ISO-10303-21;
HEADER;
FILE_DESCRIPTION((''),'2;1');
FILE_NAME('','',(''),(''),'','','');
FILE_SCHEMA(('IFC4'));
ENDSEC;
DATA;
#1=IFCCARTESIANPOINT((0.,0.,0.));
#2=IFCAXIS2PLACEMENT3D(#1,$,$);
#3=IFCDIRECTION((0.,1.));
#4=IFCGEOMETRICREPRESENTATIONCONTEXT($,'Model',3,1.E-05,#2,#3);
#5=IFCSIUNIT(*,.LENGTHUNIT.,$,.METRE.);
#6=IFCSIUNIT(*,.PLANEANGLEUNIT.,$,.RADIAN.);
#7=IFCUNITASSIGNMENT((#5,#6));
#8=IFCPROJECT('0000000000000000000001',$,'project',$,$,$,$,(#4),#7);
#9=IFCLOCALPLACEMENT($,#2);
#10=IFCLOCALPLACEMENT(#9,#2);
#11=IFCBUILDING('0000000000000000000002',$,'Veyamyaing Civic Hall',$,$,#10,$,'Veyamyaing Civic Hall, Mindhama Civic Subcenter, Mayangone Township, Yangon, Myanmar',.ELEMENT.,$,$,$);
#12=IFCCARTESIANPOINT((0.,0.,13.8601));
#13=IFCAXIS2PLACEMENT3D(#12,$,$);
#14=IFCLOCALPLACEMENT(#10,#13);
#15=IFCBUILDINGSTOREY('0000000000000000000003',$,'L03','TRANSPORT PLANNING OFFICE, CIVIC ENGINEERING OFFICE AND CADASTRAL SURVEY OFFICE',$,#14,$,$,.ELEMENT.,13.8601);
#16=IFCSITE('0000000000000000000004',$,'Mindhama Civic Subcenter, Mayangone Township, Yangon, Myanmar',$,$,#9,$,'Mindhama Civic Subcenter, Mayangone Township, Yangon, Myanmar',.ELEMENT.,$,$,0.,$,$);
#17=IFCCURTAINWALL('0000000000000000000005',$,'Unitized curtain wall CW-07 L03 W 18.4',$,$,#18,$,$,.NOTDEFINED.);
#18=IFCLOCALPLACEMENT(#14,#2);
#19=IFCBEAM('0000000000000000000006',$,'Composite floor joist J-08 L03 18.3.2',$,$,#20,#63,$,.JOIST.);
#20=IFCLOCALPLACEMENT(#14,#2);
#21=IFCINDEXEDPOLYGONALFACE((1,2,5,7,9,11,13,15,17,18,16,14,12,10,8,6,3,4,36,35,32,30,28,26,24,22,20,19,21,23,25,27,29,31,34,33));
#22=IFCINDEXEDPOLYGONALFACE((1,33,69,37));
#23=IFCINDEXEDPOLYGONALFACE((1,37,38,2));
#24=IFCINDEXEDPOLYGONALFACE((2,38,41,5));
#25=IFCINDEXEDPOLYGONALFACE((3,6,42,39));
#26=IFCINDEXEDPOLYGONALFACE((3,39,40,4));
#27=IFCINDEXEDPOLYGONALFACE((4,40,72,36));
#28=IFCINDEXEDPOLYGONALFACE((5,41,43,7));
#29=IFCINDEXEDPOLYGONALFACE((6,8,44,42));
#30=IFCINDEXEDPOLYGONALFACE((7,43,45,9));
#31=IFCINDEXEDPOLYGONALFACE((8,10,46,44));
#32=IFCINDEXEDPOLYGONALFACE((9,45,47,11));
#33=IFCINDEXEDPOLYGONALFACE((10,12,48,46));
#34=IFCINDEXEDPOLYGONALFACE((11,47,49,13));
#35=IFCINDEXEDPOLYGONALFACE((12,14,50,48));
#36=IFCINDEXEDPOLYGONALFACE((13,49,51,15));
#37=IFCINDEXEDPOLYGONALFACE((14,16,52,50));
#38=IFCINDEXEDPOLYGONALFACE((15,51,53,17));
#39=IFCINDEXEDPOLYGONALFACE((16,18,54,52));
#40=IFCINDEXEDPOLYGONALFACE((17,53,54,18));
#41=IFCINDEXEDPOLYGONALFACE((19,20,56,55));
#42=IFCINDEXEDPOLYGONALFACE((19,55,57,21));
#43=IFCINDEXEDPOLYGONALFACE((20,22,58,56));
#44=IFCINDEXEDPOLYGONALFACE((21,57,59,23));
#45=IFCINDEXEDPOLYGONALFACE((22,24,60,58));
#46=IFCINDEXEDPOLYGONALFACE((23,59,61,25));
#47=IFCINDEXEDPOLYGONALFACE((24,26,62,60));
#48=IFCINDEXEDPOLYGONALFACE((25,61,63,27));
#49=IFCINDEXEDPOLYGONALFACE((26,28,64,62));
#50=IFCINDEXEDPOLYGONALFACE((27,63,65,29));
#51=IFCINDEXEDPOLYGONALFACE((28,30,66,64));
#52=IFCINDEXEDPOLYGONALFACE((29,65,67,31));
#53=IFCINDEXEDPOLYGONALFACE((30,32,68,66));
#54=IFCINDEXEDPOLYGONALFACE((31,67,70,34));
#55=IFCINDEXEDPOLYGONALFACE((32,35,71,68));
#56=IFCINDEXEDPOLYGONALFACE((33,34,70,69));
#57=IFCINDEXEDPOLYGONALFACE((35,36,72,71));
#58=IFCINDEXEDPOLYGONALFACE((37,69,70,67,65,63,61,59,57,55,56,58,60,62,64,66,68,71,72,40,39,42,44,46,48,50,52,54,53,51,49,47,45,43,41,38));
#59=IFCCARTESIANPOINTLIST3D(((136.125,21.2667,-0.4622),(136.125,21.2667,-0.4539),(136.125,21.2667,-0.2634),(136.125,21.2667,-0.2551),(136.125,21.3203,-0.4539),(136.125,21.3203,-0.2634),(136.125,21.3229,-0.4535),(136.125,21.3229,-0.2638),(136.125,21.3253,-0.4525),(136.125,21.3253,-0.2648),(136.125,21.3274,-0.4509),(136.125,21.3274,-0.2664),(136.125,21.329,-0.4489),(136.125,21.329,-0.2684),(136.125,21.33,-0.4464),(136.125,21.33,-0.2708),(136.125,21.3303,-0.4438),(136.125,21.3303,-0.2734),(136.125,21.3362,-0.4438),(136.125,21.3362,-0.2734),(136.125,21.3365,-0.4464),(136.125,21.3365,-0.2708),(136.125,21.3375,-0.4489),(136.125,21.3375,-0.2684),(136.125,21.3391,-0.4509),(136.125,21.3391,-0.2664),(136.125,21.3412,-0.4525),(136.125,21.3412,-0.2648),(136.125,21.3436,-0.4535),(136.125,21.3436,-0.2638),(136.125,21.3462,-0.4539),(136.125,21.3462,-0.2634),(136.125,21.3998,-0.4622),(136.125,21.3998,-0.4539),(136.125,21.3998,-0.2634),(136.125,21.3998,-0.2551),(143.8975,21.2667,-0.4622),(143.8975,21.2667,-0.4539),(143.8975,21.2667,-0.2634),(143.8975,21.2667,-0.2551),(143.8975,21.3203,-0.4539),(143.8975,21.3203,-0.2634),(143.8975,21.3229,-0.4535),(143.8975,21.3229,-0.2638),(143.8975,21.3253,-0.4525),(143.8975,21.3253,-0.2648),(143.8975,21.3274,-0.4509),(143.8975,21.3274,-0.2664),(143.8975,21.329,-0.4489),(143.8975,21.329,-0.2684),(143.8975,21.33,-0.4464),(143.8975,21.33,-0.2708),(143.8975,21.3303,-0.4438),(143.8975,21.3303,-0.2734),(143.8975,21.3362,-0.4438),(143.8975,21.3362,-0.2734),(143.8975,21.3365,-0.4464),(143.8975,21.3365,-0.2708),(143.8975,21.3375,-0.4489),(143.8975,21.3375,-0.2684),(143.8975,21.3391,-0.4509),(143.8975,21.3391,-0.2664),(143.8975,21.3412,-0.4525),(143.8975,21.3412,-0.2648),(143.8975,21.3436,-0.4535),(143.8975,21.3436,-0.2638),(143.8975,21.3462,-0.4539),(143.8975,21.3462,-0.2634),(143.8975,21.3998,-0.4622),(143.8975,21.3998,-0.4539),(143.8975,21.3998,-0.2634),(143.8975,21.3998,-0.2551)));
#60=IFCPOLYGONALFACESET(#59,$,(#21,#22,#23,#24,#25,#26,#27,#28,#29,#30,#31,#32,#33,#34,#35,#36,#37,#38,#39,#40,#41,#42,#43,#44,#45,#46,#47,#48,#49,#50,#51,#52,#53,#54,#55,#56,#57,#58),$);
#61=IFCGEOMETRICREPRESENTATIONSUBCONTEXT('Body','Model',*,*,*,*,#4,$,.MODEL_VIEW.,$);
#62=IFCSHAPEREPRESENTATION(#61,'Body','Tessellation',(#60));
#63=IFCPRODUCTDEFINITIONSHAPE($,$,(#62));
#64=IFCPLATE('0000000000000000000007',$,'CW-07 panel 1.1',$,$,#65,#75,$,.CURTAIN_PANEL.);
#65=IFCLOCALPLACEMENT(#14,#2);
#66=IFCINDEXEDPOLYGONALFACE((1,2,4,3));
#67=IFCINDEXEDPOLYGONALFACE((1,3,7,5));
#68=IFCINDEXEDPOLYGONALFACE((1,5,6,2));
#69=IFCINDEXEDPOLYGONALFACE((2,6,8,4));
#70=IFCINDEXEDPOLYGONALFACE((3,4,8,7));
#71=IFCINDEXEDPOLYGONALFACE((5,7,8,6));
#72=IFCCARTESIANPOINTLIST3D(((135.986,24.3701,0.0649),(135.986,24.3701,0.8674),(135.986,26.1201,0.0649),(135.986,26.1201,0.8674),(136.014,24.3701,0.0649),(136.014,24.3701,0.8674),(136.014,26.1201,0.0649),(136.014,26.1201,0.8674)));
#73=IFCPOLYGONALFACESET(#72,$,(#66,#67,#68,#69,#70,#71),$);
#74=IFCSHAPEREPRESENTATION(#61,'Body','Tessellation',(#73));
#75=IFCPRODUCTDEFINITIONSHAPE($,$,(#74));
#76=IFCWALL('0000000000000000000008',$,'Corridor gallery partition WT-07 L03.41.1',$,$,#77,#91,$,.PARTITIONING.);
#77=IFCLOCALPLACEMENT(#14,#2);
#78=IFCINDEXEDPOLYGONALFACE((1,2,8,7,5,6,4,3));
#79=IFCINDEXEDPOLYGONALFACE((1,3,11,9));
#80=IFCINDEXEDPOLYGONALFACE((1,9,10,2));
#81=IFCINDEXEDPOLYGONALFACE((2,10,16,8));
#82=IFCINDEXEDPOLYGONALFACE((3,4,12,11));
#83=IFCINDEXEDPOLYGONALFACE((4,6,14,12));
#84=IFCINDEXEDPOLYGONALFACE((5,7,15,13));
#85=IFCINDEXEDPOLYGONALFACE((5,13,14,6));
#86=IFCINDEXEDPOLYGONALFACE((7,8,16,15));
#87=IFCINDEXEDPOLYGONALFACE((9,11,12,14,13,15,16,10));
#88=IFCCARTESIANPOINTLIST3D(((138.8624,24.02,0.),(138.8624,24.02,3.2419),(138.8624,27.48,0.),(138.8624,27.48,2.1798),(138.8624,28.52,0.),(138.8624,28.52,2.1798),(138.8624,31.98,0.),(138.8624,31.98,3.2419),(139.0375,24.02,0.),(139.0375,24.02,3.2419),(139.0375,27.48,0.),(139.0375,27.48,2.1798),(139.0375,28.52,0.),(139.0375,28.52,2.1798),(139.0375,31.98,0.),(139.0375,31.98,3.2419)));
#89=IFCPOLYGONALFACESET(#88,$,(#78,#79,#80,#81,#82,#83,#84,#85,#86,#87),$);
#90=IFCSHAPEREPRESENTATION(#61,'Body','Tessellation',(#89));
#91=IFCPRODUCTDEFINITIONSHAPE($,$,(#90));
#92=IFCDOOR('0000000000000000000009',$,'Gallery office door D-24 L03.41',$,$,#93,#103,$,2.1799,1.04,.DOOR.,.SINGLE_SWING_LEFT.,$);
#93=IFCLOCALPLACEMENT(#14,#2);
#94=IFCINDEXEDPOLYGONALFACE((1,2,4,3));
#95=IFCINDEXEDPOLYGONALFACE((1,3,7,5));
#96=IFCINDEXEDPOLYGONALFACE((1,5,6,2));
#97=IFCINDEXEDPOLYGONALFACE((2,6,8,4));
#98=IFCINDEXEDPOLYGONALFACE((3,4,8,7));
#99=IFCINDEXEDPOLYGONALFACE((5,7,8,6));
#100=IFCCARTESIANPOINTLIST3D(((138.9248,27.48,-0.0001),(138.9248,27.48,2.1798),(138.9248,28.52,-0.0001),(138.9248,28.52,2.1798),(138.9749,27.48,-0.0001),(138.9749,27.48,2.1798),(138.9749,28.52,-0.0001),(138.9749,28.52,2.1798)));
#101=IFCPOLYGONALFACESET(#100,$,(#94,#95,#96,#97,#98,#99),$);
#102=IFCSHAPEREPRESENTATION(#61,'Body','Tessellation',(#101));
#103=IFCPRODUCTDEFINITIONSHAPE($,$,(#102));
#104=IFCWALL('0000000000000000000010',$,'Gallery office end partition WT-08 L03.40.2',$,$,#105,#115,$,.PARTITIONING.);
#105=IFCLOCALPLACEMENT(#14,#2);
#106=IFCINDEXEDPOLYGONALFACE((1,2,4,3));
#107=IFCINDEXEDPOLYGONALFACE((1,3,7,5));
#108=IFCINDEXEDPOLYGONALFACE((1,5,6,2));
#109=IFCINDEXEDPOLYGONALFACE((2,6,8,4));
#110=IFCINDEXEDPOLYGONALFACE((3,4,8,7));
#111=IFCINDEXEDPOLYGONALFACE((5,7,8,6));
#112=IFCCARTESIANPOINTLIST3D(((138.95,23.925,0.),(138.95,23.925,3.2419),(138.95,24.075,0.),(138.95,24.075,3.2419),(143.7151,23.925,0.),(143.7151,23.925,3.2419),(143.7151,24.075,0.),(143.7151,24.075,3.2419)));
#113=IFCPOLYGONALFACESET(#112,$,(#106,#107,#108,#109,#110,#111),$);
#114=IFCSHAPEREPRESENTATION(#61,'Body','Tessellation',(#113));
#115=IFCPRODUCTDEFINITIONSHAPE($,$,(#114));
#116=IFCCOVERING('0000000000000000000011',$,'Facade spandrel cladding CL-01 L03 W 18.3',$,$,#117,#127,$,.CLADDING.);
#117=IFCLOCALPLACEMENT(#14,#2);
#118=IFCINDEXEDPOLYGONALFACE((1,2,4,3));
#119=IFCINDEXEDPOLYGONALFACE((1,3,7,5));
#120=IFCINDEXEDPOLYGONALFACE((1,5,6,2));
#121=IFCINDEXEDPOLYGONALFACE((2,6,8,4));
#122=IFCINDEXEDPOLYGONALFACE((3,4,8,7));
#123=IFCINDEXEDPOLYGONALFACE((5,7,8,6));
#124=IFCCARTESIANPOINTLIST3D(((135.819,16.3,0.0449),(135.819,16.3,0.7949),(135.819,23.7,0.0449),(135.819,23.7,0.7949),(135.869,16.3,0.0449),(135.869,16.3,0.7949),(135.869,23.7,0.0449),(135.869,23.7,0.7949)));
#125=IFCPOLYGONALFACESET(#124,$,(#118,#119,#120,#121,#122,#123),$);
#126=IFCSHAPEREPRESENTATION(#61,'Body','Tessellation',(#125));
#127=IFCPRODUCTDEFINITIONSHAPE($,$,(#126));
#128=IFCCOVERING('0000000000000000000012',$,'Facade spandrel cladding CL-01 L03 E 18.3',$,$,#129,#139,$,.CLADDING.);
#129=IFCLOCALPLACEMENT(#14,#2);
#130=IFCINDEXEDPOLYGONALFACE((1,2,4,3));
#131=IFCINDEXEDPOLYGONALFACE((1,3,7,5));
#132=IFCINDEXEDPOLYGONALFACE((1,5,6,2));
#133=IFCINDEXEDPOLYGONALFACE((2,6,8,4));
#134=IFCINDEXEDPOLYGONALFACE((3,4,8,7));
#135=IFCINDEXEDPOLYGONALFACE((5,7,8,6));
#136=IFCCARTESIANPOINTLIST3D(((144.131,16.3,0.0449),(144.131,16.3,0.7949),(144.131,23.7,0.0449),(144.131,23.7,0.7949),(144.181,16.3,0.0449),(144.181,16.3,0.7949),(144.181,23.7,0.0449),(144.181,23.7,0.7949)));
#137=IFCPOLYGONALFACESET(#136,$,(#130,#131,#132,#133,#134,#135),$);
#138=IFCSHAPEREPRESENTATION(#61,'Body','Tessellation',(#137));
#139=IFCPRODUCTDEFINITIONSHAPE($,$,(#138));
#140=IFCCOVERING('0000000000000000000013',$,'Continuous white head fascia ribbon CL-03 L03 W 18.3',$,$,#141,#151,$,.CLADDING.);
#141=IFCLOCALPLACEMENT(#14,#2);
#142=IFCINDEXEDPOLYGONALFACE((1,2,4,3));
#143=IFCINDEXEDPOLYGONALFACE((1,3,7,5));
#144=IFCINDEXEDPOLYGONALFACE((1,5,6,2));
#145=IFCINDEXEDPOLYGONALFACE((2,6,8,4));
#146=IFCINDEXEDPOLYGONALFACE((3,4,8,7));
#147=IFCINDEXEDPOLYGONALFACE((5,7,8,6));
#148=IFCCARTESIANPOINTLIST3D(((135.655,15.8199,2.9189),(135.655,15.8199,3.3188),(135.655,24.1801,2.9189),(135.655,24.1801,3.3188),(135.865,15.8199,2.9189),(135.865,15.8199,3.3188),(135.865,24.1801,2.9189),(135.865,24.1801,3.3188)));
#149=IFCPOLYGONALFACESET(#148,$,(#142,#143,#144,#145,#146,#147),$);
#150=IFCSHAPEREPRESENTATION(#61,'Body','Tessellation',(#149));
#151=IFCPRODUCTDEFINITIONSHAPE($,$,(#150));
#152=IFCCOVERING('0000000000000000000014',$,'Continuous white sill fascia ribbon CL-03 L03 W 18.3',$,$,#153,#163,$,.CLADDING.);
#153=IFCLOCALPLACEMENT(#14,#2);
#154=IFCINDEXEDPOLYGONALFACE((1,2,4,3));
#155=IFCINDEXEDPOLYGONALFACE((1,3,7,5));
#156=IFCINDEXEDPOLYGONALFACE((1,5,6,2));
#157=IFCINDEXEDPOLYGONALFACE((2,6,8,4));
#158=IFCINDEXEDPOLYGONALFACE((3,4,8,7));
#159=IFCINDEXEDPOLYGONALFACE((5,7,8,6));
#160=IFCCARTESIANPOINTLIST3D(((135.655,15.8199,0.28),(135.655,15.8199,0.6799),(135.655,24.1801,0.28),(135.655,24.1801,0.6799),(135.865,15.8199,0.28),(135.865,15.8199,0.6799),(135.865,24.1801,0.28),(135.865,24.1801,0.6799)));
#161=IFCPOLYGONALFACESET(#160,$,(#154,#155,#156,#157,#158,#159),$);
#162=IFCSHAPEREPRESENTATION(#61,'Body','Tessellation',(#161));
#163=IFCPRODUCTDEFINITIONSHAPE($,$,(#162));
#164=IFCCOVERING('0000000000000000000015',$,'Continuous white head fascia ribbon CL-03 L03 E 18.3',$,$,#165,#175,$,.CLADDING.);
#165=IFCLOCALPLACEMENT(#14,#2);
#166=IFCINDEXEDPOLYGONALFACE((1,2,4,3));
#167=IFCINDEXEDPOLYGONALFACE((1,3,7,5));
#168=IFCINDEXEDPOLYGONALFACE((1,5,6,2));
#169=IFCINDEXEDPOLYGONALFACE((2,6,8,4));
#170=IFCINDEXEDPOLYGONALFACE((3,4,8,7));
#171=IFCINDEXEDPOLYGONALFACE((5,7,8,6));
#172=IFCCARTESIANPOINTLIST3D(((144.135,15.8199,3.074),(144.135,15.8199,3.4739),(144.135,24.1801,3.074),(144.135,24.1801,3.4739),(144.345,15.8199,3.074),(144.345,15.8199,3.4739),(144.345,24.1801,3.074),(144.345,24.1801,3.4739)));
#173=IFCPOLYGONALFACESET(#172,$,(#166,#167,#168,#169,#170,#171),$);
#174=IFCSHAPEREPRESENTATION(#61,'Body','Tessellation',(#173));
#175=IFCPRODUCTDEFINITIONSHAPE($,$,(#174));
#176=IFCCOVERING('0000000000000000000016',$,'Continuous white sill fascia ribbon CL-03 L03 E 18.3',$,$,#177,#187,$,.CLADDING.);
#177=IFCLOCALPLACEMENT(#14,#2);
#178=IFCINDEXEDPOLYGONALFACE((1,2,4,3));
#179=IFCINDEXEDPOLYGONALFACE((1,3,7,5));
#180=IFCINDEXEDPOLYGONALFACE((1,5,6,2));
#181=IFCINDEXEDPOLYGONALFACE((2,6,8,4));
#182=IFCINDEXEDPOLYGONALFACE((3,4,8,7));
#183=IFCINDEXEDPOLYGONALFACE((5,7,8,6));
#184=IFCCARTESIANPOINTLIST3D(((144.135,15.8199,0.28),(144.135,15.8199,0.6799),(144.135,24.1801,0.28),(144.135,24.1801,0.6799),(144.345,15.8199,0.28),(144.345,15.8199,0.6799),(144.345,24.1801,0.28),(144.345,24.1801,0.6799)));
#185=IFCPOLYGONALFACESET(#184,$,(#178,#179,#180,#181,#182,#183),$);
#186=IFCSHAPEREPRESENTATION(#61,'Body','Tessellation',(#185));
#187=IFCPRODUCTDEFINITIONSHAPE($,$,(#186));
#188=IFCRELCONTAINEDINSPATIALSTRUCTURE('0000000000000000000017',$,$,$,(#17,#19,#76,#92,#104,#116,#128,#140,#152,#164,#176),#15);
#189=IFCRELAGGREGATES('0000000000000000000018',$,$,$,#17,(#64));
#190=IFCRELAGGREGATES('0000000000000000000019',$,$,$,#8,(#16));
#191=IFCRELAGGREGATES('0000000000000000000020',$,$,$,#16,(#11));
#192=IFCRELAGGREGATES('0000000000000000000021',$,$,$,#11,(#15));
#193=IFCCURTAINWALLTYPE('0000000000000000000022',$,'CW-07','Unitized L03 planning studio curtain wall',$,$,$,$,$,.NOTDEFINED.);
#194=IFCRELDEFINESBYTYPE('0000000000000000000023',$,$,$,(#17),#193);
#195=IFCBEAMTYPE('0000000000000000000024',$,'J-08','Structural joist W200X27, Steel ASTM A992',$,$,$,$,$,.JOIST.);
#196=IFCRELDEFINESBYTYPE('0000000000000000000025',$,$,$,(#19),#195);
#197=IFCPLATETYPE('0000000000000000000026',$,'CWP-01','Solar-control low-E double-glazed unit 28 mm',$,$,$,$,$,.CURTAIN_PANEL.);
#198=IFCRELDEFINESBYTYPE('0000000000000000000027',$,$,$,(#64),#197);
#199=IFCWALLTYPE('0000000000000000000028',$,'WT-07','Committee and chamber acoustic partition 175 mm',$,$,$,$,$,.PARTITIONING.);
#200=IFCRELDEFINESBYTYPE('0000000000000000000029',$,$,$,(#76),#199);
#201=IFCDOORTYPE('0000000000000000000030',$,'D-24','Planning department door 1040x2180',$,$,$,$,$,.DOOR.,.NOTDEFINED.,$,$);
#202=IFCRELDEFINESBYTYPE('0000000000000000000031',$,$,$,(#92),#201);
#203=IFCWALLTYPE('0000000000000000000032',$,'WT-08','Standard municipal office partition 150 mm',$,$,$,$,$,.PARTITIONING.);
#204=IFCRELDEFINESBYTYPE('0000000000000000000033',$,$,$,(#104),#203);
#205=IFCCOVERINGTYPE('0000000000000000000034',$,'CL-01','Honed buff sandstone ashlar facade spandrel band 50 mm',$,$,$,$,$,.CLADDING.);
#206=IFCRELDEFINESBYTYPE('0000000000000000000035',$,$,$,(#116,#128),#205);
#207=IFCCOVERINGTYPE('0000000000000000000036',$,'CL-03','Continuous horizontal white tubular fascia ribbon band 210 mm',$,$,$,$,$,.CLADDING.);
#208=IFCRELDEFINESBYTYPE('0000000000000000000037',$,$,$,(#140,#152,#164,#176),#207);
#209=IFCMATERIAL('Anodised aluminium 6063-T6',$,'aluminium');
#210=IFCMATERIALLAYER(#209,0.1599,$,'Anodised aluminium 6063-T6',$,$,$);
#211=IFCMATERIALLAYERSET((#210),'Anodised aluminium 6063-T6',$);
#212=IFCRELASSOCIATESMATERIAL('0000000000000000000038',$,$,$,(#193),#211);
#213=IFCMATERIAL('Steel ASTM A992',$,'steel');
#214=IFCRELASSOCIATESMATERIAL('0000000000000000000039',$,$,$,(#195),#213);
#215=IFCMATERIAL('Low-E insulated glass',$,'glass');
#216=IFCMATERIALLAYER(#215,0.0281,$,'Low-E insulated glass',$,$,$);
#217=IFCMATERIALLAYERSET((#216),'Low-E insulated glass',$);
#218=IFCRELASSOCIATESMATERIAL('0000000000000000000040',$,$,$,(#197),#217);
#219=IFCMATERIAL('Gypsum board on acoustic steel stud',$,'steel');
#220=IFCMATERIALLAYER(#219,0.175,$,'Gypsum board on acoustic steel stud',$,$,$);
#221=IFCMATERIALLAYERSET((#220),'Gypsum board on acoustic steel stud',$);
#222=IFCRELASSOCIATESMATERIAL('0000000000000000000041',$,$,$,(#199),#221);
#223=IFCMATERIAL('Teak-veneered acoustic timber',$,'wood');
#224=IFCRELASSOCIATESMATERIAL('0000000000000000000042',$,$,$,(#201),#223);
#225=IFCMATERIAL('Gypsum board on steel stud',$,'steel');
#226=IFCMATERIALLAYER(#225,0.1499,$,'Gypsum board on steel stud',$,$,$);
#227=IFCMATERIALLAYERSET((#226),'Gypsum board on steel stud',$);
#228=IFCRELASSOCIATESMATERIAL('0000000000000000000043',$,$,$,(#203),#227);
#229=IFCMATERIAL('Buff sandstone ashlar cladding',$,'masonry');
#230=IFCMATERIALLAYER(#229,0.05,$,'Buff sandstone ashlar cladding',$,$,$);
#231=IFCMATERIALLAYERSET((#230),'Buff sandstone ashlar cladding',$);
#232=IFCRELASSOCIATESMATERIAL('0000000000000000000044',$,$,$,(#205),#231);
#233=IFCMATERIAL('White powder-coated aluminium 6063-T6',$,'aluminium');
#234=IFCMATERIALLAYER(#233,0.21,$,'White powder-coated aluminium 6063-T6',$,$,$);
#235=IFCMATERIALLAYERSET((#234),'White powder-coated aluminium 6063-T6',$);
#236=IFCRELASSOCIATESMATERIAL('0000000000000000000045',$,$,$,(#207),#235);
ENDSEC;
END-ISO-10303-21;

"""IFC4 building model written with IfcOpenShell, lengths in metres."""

from ifc_helpers import new_model, si_unit, direction, frame, frame_2d, origin, origin_2d, place, context, subcontext, project, spatial, rectangle, i_section, extrude, material, layer, layer_set, material_profile, profile_set, type_object, element, fill, aggregate, save


model = new_model("IFC4")

# Units and contexts
model_context = context("Model", 3, precision=1e-05, world=origin(), true_north=direction((0.0, 1.0)))
body_context = subcontext(model_context, "Body", "Model", "MODEL_VIEW")
ifc_project = project(units=[si_unit("LENGTHUNIT", "METRE"), si_unit("PLANEANGLEUNIT", "RADIAN")], contexts=[model_context])

# Site, building, storey
site_placement = place(None, origin())
site = spatial("IfcSite", under=ifc_project, at=site_placement, Name="Mindhama Civic Subcenter, Mayangone Township, Yangon, Myanmar", LongName="Mindhama Civic Subcenter, Mayangone Township, Yangon, Myanmar", CompositionType="ELEMENT", RefElevation=0.0)
building_placement = place(site_placement, origin())
building = spatial("IfcBuilding", under=site, at=building_placement, Name="Veyamyaing Civic Hall", LongName="Veyamyaing Civic Hall, Mindhama Civic Subcenter, Mayangone Township, Yangon, Myanmar", CompositionType="ELEMENT")
storey_placement = place(building_placement, frame((0.0, 0.0, 13.8601)))
storey = spatial("IfcBuildingStorey", under=building, at=storey_placement, Name="L03", Description="TRANSPORT PLANNING OFFICE, CIVIC ENGINEERING OFFICE AND CADASTRAL SURVEY OFFICE", CompositionType="ELEMENT", Elevation=13.8601)

# Shared definitions
ifc_material_1 = material(Name="Steel ASTM A992", Category="steel")

# Curtain wall
ifc_material_2 = material(Name="Anodised aluminium 6063-T6", Category="aluminium")
ifc_layer_1 = layer(ifc_material_2, 0.1599, Name="Anodised aluminium 6063-T6")
ifc_layer_set_1 = layer_set([ifc_layer_1], Name="Anodised aluminium 6063-T6")
curtain_wall_type = type_object("IfcCurtainWallType", Name="CW-07", Description="Unitized L03 planning studio curtain wall", PredefinedType="NOTDEFINED", material=ifc_layer_set_1)
curtain_wall_1_placement = place(storey_placement, origin())
curtain_wall_1 = element("IfcCurtainWall", 1, at=curtain_wall_1_placement, inside=storey, type_object=curtain_wall_type, Name="Unitized curtain wall CW-07 L03 W 18.4", PredefinedType="NOTDEFINED")

# Beam
ifc_material_profile_1 = material_profile(ifc_material_1, i_section(OverallWidth=0.1331, OverallDepth=0.207, WebThickness=0.0059, FlangeThickness=0.0083, FilletRadius=0.01, at=origin_2d()), Name="W200X27")
ifc_profile_set_1 = profile_set([ifc_material_profile_1], Name="Steel ASTM A992")
beam_type_1 = type_object("IfcBeamType", Name="J-08", Description="Structural joist W200X27, Steel ASTM A992", PredefinedType="JOIST", material=ifc_profile_set_1)
for number, where, z_axis, x_axis, name in (
    (2, (136.125, 21.3333, -0.3586), (1.0, 0.0, 0.0), (0.0, 1.0, 0.0), "Composite floor joist J-08 L03 18.3.2"),
):
    element("IfcBeam", number, at=place(storey_placement, frame(where, z_axis=z_axis, x_axis=x_axis)), inside=storey, type_object=beam_type_1, Name=name, PredefinedType="JOIST", context=body_context, shape_type="SweptSolid", body=[
        extrude(i_section(OverallWidth=0.1331, OverallDepth=0.207, WebThickness=0.0059, FlangeThickness=0.0083, FilletRadius=0.01, at=origin_2d()), origin(), (0.0, 0.0, 1.0), 7.7725),
    ])

# Plate
ifc_material_3 = material(Name="Low-E insulated glass", Category="glass")
ifc_layer_2 = layer(ifc_material_3, 0.0281, Name="Low-E insulated glass")
ifc_layer_set_2 = layer_set([ifc_layer_2], Name="Low-E insulated glass")
plate_type = type_object("IfcPlateType", Name="CWP-01", Description="Solar-control low-E double-glazed unit 28 mm", PredefinedType="CURTAIN_PANEL", material=ifc_layer_set_2)
plate_placement = place(storey_placement, frame((136.0, 25.2451, 0.0649), z_axis=(0.0, 0.0, 1.0), x_axis=(0.0, 1.0, 0.0)))
plate = element("IfcPlate", 3, at=plate_placement, type_object=plate_type, Name="CW-07 panel 1.1", PredefinedType="CURTAIN_PANEL", context=body_context, shape_type="SweptSolid", body=[
    extrude(rectangle(XDim=1.75, YDim=0.0281, at=origin_2d()), origin(), (0.0, 0.0, 1.0), 0.8025),
])
aggregate(curtain_wall_1, [plate])

# Wall, opening, door
ifc_material_4 = material(Name="Gypsum board on acoustic steel stud", Category="steel")
ifc_layer_3 = layer(ifc_material_4, 0.175, Name="Gypsum board on acoustic steel stud")
ifc_layer_set_3 = layer_set([ifc_layer_3], Name="Gypsum board on acoustic steel stud")
wall_type_1 = type_object("IfcWallType", Name="WT-07", Description="Committee and chamber acoustic partition 175 mm", PredefinedType="PARTITIONING", material=ifc_layer_set_3)
wall_1_placement = place(storey_placement, frame((138.95, 24.02, 0.0), z_axis=(0.0, 0.0, 1.0), x_axis=(0.0, 1.0, 0.0)))
wall_1 = element("IfcWall", 4, at=wall_1_placement, inside=storey, type_object=wall_type_1, Name="Corridor gallery partition WT-07 L03.41.1", PredefinedType="PARTITIONING", context=body_context, shape_type="SweptSolid", body=[
    extrude(rectangle(XDim=7.96, YDim=0.175, at=frame_2d((3.98, 0.0))), origin(), (0.0, 0.0, 1.0), 3.2419),
])
opening_placement = place(wall_1_placement, frame((3.46, 0.0, 0.0)))
opening = element("IfcOpeningElement", 5, at=opening_placement, cuts=wall_1, PredefinedType="OPENING", context=body_context, shape_type="SweptSolid", body=[
    extrude(rectangle(XDim=1.04, YDim=2.1799, at=frame_2d((0.52, 1.0898))), frame((0.0, 0.0974, 0.0), z_axis=(0.0, -1.0, 0.0), x_axis=(1.0, 0.0, 0.0)), (0.0, 0.0, 1.0), 0.1951),
])
ifc_material_5 = material(Name="Teak-veneered acoustic timber", Category="wood")
door_type = type_object("IfcDoorType", Name="D-24", Description="Planning department door 1040x2180", OperationType="NOTDEFINED", PredefinedType="DOOR", material=ifc_material_5)
door_placement = place(opening_placement, frame((1.04, 0.0, 0.0), z_axis=(0.0, 0.0, 1.0), x_axis=(-1.0, 0.0, 0.0)))
door = element("IfcDoor", 6, at=door_placement, inside=storey, type_object=door_type, Name="Gallery office door D-24 L03.41", OperationType="SINGLE_SWING_LEFT", OverallHeight=2.1799, OverallWidth=1.04, PredefinedType="DOOR", context=body_context, shape_type="SweptSolid", body=[
    extrude(rectangle(XDim=1.04, YDim=2.1799, at=frame_2d((0.52, 1.0898))), frame((0.0, 0.0249, 0.0), z_axis=(0.0, -1.0, 0.0), x_axis=(1.0, 0.0, 0.0)), (0.0, 0.0, 1.0), 0.05),
])
fill(opening, door)

# Wall
ifc_material_6 = material(Name="Gypsum board on steel stud", Category="steel")
ifc_layer_4 = layer(ifc_material_6, 0.1499, Name="Gypsum board on steel stud")
ifc_layer_set_4 = layer_set([ifc_layer_4], Name="Gypsum board on steel stud")
wall_type_2 = type_object("IfcWallType", Name="WT-08", Description="Standard municipal office partition 150 mm", PredefinedType="PARTITIONING", material=ifc_layer_set_4)
wall_2_placement = place(storey_placement, frame((138.95, 24.0, 0.0), z_axis=(0.0, 0.0, 1.0), x_axis=(1.0, 0.0, 0.0)))
element("IfcWall", 7, at=wall_2_placement, inside=storey, type_object=wall_type_2, Name="Gallery office end partition WT-08 L03.40.2", PredefinedType="PARTITIONING", context=body_context, shape_type="SweptSolid", body=[
    extrude(rectangle(XDim=4.7651, YDim=0.1499, at=frame_2d((2.3826, 0.0))), origin(), (0.0, 0.0, 1.0), 3.2419),
])

# Coverings
ifc_material_7 = material(Name="Buff sandstone ashlar cladding", Category="masonry")
ifc_layer_5 = layer(ifc_material_7, 0.05, Name="Buff sandstone ashlar cladding")
ifc_layer_set_5 = layer_set([ifc_layer_5], Name="Buff sandstone ashlar cladding")
covering_type_1 = type_object("IfcCoveringType", Name="CL-01", Description="Honed buff sandstone ashlar facade spandrel band 50 mm", PredefinedType="CLADDING", material=ifc_layer_set_5)
for number, where, z_axis, x_axis, name in (
    (8, (135.844, 20.0, 0.0449), (0.0, 0.0, 1.0), (0.0, 1.0, 0.0), "Facade spandrel cladding CL-01 L03 W 18.3"),
    (9, (144.156, 20.0, 0.0449), (0.0, 0.0, 1.0), (0.0, 1.0, 0.0), "Facade spandrel cladding CL-01 L03 E 18.3"),
):
    element("IfcCovering", number, at=place(storey_placement, frame(where, z_axis=z_axis, x_axis=x_axis)), inside=storey, type_object=covering_type_1, Name=name, PredefinedType="CLADDING", context=body_context, shape_type="SweptSolid", body=[
        extrude(rectangle(XDim=7.3999, YDim=0.05, at=origin_2d()), origin(), (0.0, 0.0, 1.0), 0.75),
    ])
ifc_material_8 = material(Name="White powder-coated aluminium 6063-T6", Category="aluminium")
ifc_layer_6 = layer(ifc_material_8, 0.21, Name="White powder-coated aluminium 6063-T6")
ifc_layer_set_6 = layer_set([ifc_layer_6], Name="White powder-coated aluminium 6063-T6")
covering_type_2 = type_object("IfcCoveringType", Name="CL-03", Description="Continuous horizontal white tubular fascia ribbon band 210 mm", PredefinedType="CLADDING", material=ifc_layer_set_6)
for number, where, z_axis, x_axis, name in (
    (10, (135.76, 20.0, 2.9189), (0.0, 0.0, 1.0), (0.0, 1.0, 0.0), "Continuous white head fascia ribbon CL-03 L03 W 18.3"),
    (11, (135.76, 20.0, 0.28), (0.0, 0.0, 1.0), (0.0, 1.0, 0.0), "Continuous white sill fascia ribbon CL-03 L03 W 18.3"),
    (12, (144.24, 20.0, 3.074), (0.0, 0.0, 1.0), (0.0, 1.0, 0.0), "Continuous white head fascia ribbon CL-03 L03 E 18.3"),
    (13, (144.24, 20.0, 0.28), (0.0, 0.0, 1.0), (0.0, 1.0, 0.0), "Continuous white sill fascia ribbon CL-03 L03 E 18.3"),
):
    element("IfcCovering", number, at=place(storey_placement, frame(where, z_axis=z_axis, x_axis=x_axis)), inside=storey, type_object=covering_type_2, Name=name, PredefinedType="CLADDING", context=body_context, shape_type="SweptSolid", body=[
        extrude(rectangle(XDim=8.3601, YDim=0.21, at=origin_2d()), origin(), (0.0, 0.0, 1.0), 0.3999),
    ])

save(model, "model.ifc")
